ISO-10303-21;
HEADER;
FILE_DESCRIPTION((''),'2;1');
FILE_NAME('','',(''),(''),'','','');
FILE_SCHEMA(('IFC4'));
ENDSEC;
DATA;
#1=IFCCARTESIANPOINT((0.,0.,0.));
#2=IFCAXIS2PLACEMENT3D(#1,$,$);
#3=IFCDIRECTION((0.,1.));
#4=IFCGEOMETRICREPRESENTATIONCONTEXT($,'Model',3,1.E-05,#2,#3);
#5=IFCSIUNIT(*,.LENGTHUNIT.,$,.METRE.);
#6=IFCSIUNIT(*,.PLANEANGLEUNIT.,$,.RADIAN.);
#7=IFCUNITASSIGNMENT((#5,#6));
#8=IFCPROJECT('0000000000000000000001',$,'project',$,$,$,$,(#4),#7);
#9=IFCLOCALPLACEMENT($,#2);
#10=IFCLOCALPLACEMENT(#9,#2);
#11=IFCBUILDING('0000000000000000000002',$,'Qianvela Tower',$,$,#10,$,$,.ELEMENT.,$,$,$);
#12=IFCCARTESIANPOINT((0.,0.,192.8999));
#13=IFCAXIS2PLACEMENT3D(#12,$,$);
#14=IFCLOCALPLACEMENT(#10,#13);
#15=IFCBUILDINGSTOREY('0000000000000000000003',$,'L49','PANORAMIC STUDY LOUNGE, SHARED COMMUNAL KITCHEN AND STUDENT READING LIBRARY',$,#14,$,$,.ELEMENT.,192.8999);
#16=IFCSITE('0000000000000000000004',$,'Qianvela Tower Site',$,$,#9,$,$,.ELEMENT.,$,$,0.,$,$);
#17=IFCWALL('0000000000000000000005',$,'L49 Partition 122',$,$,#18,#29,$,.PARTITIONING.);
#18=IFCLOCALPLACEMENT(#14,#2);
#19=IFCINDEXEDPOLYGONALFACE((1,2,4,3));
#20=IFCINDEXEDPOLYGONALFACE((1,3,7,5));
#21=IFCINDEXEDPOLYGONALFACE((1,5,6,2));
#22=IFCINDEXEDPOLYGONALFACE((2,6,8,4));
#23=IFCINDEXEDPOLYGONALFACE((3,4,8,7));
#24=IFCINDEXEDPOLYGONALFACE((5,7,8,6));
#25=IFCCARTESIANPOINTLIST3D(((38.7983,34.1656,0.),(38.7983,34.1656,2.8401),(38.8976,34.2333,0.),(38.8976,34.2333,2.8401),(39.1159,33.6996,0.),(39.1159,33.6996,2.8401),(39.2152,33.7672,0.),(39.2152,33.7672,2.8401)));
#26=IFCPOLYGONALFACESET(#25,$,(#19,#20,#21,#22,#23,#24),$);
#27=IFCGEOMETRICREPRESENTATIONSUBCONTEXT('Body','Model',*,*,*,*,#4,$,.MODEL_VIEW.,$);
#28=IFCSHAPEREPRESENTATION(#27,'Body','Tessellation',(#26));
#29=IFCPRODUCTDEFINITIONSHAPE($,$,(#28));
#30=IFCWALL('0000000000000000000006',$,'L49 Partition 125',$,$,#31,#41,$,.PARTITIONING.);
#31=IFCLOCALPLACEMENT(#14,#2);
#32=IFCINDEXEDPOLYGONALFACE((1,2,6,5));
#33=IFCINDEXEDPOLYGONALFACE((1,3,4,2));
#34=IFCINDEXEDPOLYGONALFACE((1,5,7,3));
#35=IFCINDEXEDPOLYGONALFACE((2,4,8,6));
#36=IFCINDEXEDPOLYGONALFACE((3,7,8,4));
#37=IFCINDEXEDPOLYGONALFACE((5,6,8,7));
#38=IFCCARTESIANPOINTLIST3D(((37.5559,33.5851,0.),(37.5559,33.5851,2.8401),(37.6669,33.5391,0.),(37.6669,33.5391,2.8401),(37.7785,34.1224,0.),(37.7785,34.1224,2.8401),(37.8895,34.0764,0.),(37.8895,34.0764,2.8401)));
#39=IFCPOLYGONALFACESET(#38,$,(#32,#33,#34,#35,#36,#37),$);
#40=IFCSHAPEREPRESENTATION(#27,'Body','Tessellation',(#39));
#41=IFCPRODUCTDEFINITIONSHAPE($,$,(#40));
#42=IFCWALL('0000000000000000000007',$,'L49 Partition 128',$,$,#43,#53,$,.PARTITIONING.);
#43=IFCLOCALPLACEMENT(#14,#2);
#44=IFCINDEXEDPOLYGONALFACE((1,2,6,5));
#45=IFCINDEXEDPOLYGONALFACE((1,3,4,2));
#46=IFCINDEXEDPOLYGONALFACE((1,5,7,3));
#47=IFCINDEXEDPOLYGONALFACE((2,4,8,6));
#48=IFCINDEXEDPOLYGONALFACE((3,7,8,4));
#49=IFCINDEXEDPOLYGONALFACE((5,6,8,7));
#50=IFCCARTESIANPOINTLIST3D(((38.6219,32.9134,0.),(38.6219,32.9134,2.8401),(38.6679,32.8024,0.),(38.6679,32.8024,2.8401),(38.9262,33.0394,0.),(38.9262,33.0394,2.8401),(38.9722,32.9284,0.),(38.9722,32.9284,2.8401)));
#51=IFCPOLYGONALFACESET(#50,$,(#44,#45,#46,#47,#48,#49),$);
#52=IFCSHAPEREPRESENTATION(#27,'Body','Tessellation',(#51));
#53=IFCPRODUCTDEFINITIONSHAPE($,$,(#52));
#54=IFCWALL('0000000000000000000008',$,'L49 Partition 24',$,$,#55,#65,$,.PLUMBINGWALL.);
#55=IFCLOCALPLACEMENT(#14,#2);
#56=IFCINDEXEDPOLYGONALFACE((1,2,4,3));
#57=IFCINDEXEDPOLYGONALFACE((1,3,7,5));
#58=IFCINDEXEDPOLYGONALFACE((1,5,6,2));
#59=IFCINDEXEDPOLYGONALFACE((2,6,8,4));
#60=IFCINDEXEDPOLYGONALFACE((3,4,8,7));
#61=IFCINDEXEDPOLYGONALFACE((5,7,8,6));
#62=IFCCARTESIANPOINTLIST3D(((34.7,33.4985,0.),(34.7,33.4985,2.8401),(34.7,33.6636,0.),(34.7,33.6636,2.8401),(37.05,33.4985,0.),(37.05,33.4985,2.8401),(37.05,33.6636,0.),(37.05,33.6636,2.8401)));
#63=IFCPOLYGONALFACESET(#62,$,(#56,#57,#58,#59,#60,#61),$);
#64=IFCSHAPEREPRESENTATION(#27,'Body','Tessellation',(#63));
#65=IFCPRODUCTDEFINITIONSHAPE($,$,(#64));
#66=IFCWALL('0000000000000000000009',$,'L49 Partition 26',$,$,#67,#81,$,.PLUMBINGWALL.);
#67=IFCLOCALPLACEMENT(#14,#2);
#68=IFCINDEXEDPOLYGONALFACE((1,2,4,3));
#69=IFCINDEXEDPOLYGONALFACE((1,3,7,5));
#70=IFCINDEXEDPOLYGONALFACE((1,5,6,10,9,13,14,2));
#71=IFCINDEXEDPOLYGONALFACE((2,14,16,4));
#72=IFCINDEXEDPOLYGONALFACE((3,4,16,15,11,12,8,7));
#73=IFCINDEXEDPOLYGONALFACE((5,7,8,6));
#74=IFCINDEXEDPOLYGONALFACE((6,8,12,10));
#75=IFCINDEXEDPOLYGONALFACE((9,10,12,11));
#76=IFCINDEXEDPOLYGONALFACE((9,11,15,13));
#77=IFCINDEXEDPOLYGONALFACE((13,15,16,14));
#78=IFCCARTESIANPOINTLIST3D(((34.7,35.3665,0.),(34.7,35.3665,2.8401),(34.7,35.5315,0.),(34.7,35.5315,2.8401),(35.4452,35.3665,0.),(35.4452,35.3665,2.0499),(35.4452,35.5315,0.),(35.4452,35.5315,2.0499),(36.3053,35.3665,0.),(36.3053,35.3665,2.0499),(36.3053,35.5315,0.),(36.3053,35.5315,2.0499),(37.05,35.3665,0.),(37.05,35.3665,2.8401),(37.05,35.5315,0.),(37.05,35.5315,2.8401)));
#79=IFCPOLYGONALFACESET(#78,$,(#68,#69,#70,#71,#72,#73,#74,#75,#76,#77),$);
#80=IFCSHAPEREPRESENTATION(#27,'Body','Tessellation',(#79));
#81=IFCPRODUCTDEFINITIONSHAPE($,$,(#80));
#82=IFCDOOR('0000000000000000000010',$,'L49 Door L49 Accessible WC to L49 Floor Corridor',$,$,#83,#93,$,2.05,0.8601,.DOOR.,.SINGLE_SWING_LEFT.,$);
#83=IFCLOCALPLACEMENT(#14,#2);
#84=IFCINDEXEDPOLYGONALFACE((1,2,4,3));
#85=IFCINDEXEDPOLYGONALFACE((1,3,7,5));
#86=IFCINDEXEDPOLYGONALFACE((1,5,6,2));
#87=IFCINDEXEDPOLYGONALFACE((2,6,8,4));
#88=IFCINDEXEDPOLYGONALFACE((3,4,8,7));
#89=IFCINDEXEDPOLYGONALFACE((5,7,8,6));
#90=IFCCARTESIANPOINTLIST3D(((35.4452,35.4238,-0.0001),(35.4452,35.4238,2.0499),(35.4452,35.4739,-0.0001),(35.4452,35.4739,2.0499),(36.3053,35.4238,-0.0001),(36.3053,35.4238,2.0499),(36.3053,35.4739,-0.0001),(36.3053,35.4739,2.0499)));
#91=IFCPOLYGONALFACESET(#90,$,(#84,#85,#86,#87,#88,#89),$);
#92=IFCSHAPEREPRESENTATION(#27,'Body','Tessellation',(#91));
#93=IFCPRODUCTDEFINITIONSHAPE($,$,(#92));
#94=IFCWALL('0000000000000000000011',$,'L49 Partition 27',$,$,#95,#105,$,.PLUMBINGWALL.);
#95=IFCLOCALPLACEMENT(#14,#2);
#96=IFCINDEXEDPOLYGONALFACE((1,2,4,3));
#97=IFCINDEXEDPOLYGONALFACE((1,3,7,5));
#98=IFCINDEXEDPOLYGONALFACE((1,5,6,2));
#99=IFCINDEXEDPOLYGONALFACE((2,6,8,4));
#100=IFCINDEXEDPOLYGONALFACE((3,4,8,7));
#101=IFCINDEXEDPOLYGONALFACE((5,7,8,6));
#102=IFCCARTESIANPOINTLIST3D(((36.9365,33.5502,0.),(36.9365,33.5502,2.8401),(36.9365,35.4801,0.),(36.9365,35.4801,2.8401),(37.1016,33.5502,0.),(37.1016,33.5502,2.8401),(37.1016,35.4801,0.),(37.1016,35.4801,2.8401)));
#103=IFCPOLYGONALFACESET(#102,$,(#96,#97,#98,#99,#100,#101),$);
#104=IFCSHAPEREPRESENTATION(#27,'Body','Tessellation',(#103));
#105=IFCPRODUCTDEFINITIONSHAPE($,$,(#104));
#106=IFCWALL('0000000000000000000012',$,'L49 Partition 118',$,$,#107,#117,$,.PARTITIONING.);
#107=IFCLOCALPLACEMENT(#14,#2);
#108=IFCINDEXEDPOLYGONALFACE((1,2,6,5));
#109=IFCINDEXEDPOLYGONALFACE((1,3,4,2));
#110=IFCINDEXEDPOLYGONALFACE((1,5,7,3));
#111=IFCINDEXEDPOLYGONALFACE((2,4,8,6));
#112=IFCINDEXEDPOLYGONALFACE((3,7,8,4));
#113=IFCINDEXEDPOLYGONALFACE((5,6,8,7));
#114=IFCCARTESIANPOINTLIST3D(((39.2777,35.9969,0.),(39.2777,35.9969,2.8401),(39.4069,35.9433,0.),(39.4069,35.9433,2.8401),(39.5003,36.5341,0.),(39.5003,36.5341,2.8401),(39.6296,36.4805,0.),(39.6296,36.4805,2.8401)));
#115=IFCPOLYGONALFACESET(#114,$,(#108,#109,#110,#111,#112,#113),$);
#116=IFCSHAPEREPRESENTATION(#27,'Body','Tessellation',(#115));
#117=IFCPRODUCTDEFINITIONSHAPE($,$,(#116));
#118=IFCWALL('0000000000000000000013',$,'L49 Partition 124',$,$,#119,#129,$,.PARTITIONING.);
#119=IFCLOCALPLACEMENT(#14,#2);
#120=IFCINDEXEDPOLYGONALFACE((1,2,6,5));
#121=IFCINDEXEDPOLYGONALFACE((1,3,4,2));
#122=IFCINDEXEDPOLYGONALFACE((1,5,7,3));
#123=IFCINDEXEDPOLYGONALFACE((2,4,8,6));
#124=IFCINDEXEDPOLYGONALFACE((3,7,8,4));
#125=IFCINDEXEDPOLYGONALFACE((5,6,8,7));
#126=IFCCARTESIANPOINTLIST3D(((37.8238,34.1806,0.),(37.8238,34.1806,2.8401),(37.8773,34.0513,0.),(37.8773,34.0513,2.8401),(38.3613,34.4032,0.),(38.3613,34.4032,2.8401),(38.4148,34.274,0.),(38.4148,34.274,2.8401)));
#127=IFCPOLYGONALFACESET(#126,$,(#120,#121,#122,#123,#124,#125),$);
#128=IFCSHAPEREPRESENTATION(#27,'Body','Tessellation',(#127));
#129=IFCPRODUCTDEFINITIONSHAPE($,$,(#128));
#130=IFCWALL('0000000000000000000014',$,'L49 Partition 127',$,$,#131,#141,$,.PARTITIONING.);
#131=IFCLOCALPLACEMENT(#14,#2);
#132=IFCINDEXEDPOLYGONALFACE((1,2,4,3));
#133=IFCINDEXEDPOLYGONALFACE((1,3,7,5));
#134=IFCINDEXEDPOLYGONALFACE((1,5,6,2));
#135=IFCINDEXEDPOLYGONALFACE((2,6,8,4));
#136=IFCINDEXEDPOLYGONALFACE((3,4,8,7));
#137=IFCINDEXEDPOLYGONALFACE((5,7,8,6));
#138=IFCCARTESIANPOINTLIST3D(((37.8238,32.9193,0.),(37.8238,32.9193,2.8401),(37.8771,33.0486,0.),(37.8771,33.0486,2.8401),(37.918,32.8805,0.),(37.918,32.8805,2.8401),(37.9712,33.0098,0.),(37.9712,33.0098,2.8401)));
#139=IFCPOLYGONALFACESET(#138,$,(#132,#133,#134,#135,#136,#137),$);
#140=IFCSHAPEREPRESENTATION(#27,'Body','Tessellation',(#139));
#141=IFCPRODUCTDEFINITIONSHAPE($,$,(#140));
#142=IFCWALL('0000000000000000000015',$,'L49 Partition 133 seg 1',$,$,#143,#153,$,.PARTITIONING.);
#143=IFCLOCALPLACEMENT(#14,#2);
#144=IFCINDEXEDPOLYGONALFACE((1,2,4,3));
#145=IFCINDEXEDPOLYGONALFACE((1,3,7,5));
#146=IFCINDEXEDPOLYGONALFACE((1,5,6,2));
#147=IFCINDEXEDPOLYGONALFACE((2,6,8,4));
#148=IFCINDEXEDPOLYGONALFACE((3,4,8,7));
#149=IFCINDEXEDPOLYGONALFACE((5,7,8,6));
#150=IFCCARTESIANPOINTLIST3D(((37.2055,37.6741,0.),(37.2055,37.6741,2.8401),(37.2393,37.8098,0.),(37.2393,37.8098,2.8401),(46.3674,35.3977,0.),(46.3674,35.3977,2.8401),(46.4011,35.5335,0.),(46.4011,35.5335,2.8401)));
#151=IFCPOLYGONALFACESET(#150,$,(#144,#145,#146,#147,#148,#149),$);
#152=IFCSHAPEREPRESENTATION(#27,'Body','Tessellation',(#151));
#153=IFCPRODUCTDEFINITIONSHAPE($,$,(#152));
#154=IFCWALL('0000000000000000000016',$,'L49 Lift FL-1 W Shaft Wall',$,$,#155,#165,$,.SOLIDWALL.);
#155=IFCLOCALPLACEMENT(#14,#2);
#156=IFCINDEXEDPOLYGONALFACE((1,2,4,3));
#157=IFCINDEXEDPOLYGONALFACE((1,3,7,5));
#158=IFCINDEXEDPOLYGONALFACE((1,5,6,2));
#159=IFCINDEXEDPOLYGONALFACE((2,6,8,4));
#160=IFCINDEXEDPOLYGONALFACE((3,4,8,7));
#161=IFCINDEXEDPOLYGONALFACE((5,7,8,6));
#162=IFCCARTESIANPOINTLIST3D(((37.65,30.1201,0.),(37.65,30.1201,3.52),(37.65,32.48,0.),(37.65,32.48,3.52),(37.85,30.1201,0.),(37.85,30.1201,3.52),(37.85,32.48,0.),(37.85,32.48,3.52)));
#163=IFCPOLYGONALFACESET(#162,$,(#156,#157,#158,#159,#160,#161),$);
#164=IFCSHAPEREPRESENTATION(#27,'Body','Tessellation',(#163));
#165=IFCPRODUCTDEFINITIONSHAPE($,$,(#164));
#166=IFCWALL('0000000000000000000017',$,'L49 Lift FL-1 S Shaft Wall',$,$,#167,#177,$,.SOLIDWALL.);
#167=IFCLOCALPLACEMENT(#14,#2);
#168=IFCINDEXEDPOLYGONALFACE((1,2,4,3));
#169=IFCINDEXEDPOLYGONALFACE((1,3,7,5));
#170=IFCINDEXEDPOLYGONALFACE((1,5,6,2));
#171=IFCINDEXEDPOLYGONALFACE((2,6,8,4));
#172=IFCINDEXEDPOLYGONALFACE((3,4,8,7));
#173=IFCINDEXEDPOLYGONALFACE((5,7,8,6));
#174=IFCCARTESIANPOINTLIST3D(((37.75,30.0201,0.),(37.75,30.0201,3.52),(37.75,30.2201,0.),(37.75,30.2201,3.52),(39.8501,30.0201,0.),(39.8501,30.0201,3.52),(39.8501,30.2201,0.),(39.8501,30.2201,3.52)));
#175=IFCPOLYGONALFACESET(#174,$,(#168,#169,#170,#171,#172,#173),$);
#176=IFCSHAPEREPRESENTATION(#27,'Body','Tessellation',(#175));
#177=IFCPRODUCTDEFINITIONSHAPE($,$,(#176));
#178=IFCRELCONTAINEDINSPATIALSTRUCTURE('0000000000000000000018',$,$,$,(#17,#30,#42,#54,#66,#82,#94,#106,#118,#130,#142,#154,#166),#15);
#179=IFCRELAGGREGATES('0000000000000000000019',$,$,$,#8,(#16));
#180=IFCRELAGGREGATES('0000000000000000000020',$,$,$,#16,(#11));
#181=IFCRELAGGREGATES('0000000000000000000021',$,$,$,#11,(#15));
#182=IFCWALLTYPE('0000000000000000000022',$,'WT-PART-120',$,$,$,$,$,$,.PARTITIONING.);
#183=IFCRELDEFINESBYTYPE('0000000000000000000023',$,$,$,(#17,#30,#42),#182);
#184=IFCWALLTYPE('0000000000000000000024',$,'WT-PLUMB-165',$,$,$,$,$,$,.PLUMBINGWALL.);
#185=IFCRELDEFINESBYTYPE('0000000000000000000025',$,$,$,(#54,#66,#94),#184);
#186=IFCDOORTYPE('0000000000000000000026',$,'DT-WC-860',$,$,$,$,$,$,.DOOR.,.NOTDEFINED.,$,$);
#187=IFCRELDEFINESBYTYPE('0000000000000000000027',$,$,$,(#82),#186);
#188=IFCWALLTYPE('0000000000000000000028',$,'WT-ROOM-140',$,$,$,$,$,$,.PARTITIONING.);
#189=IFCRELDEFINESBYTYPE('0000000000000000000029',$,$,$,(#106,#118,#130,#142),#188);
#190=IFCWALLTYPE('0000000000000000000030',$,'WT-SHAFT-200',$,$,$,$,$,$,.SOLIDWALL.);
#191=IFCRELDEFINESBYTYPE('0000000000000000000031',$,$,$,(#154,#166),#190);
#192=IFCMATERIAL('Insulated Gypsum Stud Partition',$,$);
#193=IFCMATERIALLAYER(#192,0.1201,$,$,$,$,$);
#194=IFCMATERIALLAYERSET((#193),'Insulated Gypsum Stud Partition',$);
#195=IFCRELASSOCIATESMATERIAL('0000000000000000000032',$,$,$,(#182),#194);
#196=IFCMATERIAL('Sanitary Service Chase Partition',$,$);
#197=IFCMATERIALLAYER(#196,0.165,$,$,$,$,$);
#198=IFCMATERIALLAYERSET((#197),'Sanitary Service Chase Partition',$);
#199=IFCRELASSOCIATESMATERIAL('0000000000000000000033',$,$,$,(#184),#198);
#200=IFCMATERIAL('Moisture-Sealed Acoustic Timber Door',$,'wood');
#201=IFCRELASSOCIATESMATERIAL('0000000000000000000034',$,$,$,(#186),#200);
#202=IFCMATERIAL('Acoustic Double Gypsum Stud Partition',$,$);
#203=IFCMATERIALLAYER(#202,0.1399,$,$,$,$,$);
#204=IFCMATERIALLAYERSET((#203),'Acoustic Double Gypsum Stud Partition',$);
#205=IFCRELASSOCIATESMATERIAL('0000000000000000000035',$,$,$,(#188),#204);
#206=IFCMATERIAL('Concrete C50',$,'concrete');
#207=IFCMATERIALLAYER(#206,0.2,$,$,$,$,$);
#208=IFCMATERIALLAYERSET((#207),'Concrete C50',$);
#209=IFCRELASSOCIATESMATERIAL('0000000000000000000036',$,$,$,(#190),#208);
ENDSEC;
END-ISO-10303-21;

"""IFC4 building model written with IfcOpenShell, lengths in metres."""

from ifc_helpers import new_model, si_unit, direction, frame, frame_2d, origin, place, context, subcontext, project, spatial, rectangle, extrude, material, layer, layer_set, type_object, element, fill, save


model = new_model("IFC4")

# Units and contexts
model_context = context("Model", 3, precision=1e-05, world=origin(), true_north=direction((0.0, 1.0)))
body_context = subcontext(model_context, "Body", "Model", "MODEL_VIEW")
ifc_project = project(units=[si_unit("LENGTHUNIT", "METRE"), si_unit("PLANEANGLEUNIT", "RADIAN")], contexts=[model_context])

# Site, building, storey
site_placement = place(None, origin())
site = spatial("IfcSite", under=ifc_project, at=site_placement, Name="Qianvela Tower Site", CompositionType="ELEMENT", RefElevation=0.0)
building_placement = place(site_placement, origin())
building = spatial("IfcBuilding", under=site, at=building_placement, Name="Qianvela Tower", CompositionType="ELEMENT")
storey_placement = place(building_placement, frame((0.0, 0.0, 192.8999)))
storey = spatial("IfcBuildingStorey", under=building, at=storey_placement, Name="L49", Description="PANORAMIC STUDY LOUNGE, SHARED COMMUNAL KITCHEN AND STUDENT READING LIBRARY", CompositionType="ELEMENT", Elevation=192.8999)

# Walls
ifc_material_1 = material(Name="Insulated Gypsum Stud Partition")
ifc_layer_1 = layer(ifc_material_1, 0.1201)
ifc_layer_set_1 = layer_set([ifc_layer_1], Name="Insulated Gypsum Stud Partition")
wall_type_1 = type_object("IfcWallType", Name="WT-PART-120", PredefinedType="PARTITIONING", material=ifc_layer_set_1)
wall_1_placement = place(storey_placement, frame((39.1655, 33.7334, 0.0), z_axis=(0.0, 0.0, 1.0), x_axis=(-0.563162, 0.826346, 0.0)))
element("IfcWall", 1, at=wall_1_placement, inside=storey, type_object=wall_type_1, Name="L49 Partition 122", PredefinedType="PARTITIONING", context=body_context, shape_type="SweptSolid", body=[
    extrude(rectangle(XDim=0.564, YDim=0.1201, at=frame_2d((0.282, 0.0))), origin(), (0.0, 0.0, 1.0), 2.8401),
])
wall_2_placement = place(storey_placement, frame((37.834, 34.0994, 0.0), z_axis=(0.0, 0.0, 1.0), x_axis=(-0.382797, -0.923833, 0.0)))
element("IfcWall", 2, at=wall_2_placement, inside=storey, type_object=wall_type_1, Name="L49 Partition 125", PredefinedType="PARTITIONING", context=body_context, shape_type="SweptSolid", body=[
    extrude(rectangle(XDim=0.5815, YDim=0.1201, at=frame_2d((0.2908, 0.0))), origin(), (0.0, 0.0, 1.0), 2.8401),
])
wall_3_placement = place(storey_placement, frame((38.645, 32.8579, 0.0), z_axis=(0.0, 0.0, 1.0), x_axis=(0.923908, 0.382614, 0.0)))
element("IfcWall", 3, at=wall_3_placement, inside=storey, type_object=wall_type_1, Name="L49 Partition 128", PredefinedType="PARTITIONING", context=body_context, shape_type="SweptSolid", body=[
    extrude(rectangle(XDim=0.3293, YDim=0.1201, at=frame_2d((0.1646, 0.0))), origin(), (0.0, 0.0, 1.0), 2.8401),
])
ifc_material_2 = material(Name="Sanitary Service Chase Partition")
ifc_layer_2 = layer(ifc_material_2, 0.165)
ifc_layer_set_2 = layer_set([ifc_layer_2], Name="Sanitary Service Chase Partition")
wall_type_2 = type_object("IfcWallType", Name="WT-PLUMB-165", PredefinedType="PLUMBINGWALL", material=ifc_layer_set_2)
wall_4_placement = place(storey_placement, frame((37.05, 33.5811, 0.0), z_axis=(0.0, 0.0, 1.0), x_axis=(-1.0, 0.0, 0.0)))
element("IfcWall", 4, at=wall_4_placement, inside=storey, type_object=wall_type_2, Name="L49 Partition 24", PredefinedType="PLUMBINGWALL", context=body_context, shape_type="SweptSolid", body=[
    extrude(rectangle(XDim=2.3501, YDim=0.165, at=frame_2d((1.175, 0.0))), origin(), (0.0, 0.0, 1.0), 2.8401),
])

# Wall, opening, door
wall_5_placement = place(storey_placement, frame((34.7, 35.449, 0.0), z_axis=(0.0, 0.0, 1.0), x_axis=(1.0, 0.0, 0.0)))
wall_5 = element("IfcWall", 5, at=wall_5_placement, inside=storey, type_object=wall_type_2, Name="L49 Partition 26", PredefinedType="PLUMBINGWALL", context=body_context, shape_type="SweptSolid", body=[
    extrude(rectangle(XDim=2.3501, YDim=0.165, at=frame_2d((1.175, 0.0))), origin(), (0.0, 0.0, 1.0), 2.8401),
])
opening_1_placement = place(wall_5_placement, frame((0.7451, 0.0, 0.0)))
opening_1 = element("IfcOpeningElement", 6, at=opening_1_placement, cuts=wall_5, PredefinedType="OPENING", context=body_context, shape_type="SweptSolid", body=[
    extrude(rectangle(XDim=0.8601, YDim=2.05, at=frame_2d((0.4302, 1.0249))), frame((0.0, 0.0925, 0.0), z_axis=(0.0, -1.0, 0.0), x_axis=(1.0, 0.0, 0.0)), (0.0, 0.0, 1.0), 0.1851),
])
ifc_material_3 = material(Name="Moisture-Sealed Acoustic Timber Door", Category="wood")
door_type_1 = type_object("IfcDoorType", Name="DT-WC-860", OperationType="NOTDEFINED", PredefinedType="DOOR", material=ifc_material_3)
door_1_placement = place(opening_1_placement, origin())
door_1 = element("IfcDoor", 7, at=door_1_placement, inside=storey, type_object=door_type_1, Name="L49 Door L49 Accessible WC to L49 Floor Corridor", OperationType="SINGLE_SWING_LEFT", OverallHeight=2.05, OverallWidth=0.8601, PredefinedType="DOOR", context=body_context, shape_type="SweptSolid", body=[
    extrude(rectangle(XDim=0.8601, YDim=2.05, at=frame_2d((0.4302, 1.0249))), frame((0.0, 0.0249, 0.0), z_axis=(0.0, -1.0, 0.0), x_axis=(1.0, 0.0, 0.0)), (0.0, 0.0, 1.0), 0.05),
])
fill(opening_1, door_1)

# Walls
wall_6_placement = place(storey_placement, frame((37.019, 35.48, 0.0), z_axis=(0.0, 0.0, 1.0), x_axis=(0.0, -1.0, 0.0)))
element("IfcWall", 8, at=wall_6_placement, inside=storey, type_object=wall_type_2, Name="L49 Partition 27", PredefinedType="PLUMBINGWALL", context=body_context, shape_type="SweptSolid", body=[
    extrude(rectangle(XDim=1.9299, YDim=0.165, at=frame_2d((0.9648, 0.0))), origin(), (0.0, 0.0, 1.0), 2.8401),
])
ifc_material_4 = material(Name="Acoustic Double Gypsum Stud Partition")
ifc_layer_3 = layer(ifc_material_4, 0.1399)
ifc_layer_set_3 = layer_set([ifc_layer_3], Name="Acoustic Double Gypsum Stud Partition")
wall_type_3 = type_object("IfcWallType", Name="WT-ROOM-140", PredefinedType="PARTITIONING", material=ifc_layer_set_3)
wall_7_placement = place(storey_placement, frame((39.5649, 36.5073, 0.0), z_axis=(0.0, 0.0, 1.0), x_axis=(-0.382797, -0.923833, 0.0)))
element("IfcWall", 9, at=wall_7_placement, inside=storey, type_object=wall_type_3, Name="L49 Partition 118", PredefinedType="PARTITIONING", context=body_context, shape_type="SweptSolid", body=[
    extrude(rectangle(XDim=0.5815, YDim=0.1399, at=frame_2d((0.2908, 0.0))), origin(), (0.0, 0.0, 1.0), 2.8401),
])
wall_8_placement = place(storey_placement, frame((38.3882, 34.3386, 0.0), z_axis=(0.0, 0.0, 1.0), x_axis=(-0.923894, -0.382648, 0.0)))
element("IfcWall", 10, at=wall_8_placement, inside=storey, type_object=wall_type_3, Name="L49 Partition 124", PredefinedType="PARTITIONING", context=body_context, shape_type="SweptSolid", body=[
    extrude(rectangle(XDim=0.5818, YDim=0.1399, at=frame_2d((0.291, 0.0))), origin(), (0.0, 0.0, 1.0), 2.8401),
])
wall_9_placement = place(storey_placement, frame((37.8506, 32.9839, 0.0), z_axis=(0.0, 0.0, 1.0), x_axis=(0.924628, -0.38087, 0.0)))
element("IfcWall", 11, at=wall_9_placement, inside=storey, type_object=wall_type_3, Name="L49 Partition 127", PredefinedType="PARTITIONING", context=body_context, shape_type="SweptSolid", body=[
    extrude(rectangle(XDim=0.1018, YDim=0.1399, at=frame_2d((0.0508, 0.0))), origin(), (0.0, 0.0, 1.0), 2.8401),
])
wall_10_placement = place(storey_placement, frame((37.2224, 37.7419, 0.0), z_axis=(0.0, 0.0, 1.0), x_axis=(0.970493, -0.24113, 0.0)))
element("IfcWall", 12, at=wall_10_placement, inside=storey, type_object=wall_type_3, Name="L49 Partition 133 seg 1", PredefinedType="PARTITIONING", context=body_context, shape_type="SweptSolid", body=[
    extrude(rectangle(XDim=9.4404, YDim=0.1399, at=frame_2d((4.7202, 0.0))), origin(), (0.0, 0.0, 1.0), 2.8401),
])

# Shared definitions
ifc_material_5 = material(Name="Concrete C50", Category="concrete")
ifc_layer_4 = layer(ifc_material_5, 0.2)
ifc_layer_set_4 = layer_set([ifc_layer_4], Name="Concrete C50")
wall_type_4 = type_object("IfcWallType", Name="WT-SHAFT-200", PredefinedType="SOLIDWALL", material=ifc_layer_set_4)

# Walls
wall_11_placement = place(storey_placement, frame((37.75, 30.1201, 0.0), z_axis=(0.0, 0.0, 1.0), x_axis=(0.0, 1.0, 0.0)))
element("IfcWall", 13, at=wall_11_placement, inside=storey, type_object=wall_type_4, Name="L49 Lift FL-1 W Shaft Wall", PredefinedType="SOLIDWALL", context=body_context, shape_type="SweptSolid", body=[
    extrude(rectangle(XDim=2.3599, YDim=0.2, at=frame_2d((1.1799, 0.0))), origin(), (0.0, 0.0, 1.0), 3.52),
])
wall_12_placement = place(storey_placement, frame((37.75, 30.1201, 0.0), z_axis=(0.0, 0.0, 1.0), x_axis=(1.0, 0.0, 0.0)))
element("IfcWall", 14, at=wall_12_placement, inside=storey, type_object=wall_type_4, Name="L49 Lift FL-1 S Shaft Wall", PredefinedType="SOLIDWALL", context=body_context, shape_type="SweptSolid", body=[
    extrude(rectangle(XDim=2.1001, YDim=0.2, at=frame_2d((1.05, 0.0))), origin(), (0.0, 0.0, 1.0), 3.52),
])

save(model, "model.ifc")
